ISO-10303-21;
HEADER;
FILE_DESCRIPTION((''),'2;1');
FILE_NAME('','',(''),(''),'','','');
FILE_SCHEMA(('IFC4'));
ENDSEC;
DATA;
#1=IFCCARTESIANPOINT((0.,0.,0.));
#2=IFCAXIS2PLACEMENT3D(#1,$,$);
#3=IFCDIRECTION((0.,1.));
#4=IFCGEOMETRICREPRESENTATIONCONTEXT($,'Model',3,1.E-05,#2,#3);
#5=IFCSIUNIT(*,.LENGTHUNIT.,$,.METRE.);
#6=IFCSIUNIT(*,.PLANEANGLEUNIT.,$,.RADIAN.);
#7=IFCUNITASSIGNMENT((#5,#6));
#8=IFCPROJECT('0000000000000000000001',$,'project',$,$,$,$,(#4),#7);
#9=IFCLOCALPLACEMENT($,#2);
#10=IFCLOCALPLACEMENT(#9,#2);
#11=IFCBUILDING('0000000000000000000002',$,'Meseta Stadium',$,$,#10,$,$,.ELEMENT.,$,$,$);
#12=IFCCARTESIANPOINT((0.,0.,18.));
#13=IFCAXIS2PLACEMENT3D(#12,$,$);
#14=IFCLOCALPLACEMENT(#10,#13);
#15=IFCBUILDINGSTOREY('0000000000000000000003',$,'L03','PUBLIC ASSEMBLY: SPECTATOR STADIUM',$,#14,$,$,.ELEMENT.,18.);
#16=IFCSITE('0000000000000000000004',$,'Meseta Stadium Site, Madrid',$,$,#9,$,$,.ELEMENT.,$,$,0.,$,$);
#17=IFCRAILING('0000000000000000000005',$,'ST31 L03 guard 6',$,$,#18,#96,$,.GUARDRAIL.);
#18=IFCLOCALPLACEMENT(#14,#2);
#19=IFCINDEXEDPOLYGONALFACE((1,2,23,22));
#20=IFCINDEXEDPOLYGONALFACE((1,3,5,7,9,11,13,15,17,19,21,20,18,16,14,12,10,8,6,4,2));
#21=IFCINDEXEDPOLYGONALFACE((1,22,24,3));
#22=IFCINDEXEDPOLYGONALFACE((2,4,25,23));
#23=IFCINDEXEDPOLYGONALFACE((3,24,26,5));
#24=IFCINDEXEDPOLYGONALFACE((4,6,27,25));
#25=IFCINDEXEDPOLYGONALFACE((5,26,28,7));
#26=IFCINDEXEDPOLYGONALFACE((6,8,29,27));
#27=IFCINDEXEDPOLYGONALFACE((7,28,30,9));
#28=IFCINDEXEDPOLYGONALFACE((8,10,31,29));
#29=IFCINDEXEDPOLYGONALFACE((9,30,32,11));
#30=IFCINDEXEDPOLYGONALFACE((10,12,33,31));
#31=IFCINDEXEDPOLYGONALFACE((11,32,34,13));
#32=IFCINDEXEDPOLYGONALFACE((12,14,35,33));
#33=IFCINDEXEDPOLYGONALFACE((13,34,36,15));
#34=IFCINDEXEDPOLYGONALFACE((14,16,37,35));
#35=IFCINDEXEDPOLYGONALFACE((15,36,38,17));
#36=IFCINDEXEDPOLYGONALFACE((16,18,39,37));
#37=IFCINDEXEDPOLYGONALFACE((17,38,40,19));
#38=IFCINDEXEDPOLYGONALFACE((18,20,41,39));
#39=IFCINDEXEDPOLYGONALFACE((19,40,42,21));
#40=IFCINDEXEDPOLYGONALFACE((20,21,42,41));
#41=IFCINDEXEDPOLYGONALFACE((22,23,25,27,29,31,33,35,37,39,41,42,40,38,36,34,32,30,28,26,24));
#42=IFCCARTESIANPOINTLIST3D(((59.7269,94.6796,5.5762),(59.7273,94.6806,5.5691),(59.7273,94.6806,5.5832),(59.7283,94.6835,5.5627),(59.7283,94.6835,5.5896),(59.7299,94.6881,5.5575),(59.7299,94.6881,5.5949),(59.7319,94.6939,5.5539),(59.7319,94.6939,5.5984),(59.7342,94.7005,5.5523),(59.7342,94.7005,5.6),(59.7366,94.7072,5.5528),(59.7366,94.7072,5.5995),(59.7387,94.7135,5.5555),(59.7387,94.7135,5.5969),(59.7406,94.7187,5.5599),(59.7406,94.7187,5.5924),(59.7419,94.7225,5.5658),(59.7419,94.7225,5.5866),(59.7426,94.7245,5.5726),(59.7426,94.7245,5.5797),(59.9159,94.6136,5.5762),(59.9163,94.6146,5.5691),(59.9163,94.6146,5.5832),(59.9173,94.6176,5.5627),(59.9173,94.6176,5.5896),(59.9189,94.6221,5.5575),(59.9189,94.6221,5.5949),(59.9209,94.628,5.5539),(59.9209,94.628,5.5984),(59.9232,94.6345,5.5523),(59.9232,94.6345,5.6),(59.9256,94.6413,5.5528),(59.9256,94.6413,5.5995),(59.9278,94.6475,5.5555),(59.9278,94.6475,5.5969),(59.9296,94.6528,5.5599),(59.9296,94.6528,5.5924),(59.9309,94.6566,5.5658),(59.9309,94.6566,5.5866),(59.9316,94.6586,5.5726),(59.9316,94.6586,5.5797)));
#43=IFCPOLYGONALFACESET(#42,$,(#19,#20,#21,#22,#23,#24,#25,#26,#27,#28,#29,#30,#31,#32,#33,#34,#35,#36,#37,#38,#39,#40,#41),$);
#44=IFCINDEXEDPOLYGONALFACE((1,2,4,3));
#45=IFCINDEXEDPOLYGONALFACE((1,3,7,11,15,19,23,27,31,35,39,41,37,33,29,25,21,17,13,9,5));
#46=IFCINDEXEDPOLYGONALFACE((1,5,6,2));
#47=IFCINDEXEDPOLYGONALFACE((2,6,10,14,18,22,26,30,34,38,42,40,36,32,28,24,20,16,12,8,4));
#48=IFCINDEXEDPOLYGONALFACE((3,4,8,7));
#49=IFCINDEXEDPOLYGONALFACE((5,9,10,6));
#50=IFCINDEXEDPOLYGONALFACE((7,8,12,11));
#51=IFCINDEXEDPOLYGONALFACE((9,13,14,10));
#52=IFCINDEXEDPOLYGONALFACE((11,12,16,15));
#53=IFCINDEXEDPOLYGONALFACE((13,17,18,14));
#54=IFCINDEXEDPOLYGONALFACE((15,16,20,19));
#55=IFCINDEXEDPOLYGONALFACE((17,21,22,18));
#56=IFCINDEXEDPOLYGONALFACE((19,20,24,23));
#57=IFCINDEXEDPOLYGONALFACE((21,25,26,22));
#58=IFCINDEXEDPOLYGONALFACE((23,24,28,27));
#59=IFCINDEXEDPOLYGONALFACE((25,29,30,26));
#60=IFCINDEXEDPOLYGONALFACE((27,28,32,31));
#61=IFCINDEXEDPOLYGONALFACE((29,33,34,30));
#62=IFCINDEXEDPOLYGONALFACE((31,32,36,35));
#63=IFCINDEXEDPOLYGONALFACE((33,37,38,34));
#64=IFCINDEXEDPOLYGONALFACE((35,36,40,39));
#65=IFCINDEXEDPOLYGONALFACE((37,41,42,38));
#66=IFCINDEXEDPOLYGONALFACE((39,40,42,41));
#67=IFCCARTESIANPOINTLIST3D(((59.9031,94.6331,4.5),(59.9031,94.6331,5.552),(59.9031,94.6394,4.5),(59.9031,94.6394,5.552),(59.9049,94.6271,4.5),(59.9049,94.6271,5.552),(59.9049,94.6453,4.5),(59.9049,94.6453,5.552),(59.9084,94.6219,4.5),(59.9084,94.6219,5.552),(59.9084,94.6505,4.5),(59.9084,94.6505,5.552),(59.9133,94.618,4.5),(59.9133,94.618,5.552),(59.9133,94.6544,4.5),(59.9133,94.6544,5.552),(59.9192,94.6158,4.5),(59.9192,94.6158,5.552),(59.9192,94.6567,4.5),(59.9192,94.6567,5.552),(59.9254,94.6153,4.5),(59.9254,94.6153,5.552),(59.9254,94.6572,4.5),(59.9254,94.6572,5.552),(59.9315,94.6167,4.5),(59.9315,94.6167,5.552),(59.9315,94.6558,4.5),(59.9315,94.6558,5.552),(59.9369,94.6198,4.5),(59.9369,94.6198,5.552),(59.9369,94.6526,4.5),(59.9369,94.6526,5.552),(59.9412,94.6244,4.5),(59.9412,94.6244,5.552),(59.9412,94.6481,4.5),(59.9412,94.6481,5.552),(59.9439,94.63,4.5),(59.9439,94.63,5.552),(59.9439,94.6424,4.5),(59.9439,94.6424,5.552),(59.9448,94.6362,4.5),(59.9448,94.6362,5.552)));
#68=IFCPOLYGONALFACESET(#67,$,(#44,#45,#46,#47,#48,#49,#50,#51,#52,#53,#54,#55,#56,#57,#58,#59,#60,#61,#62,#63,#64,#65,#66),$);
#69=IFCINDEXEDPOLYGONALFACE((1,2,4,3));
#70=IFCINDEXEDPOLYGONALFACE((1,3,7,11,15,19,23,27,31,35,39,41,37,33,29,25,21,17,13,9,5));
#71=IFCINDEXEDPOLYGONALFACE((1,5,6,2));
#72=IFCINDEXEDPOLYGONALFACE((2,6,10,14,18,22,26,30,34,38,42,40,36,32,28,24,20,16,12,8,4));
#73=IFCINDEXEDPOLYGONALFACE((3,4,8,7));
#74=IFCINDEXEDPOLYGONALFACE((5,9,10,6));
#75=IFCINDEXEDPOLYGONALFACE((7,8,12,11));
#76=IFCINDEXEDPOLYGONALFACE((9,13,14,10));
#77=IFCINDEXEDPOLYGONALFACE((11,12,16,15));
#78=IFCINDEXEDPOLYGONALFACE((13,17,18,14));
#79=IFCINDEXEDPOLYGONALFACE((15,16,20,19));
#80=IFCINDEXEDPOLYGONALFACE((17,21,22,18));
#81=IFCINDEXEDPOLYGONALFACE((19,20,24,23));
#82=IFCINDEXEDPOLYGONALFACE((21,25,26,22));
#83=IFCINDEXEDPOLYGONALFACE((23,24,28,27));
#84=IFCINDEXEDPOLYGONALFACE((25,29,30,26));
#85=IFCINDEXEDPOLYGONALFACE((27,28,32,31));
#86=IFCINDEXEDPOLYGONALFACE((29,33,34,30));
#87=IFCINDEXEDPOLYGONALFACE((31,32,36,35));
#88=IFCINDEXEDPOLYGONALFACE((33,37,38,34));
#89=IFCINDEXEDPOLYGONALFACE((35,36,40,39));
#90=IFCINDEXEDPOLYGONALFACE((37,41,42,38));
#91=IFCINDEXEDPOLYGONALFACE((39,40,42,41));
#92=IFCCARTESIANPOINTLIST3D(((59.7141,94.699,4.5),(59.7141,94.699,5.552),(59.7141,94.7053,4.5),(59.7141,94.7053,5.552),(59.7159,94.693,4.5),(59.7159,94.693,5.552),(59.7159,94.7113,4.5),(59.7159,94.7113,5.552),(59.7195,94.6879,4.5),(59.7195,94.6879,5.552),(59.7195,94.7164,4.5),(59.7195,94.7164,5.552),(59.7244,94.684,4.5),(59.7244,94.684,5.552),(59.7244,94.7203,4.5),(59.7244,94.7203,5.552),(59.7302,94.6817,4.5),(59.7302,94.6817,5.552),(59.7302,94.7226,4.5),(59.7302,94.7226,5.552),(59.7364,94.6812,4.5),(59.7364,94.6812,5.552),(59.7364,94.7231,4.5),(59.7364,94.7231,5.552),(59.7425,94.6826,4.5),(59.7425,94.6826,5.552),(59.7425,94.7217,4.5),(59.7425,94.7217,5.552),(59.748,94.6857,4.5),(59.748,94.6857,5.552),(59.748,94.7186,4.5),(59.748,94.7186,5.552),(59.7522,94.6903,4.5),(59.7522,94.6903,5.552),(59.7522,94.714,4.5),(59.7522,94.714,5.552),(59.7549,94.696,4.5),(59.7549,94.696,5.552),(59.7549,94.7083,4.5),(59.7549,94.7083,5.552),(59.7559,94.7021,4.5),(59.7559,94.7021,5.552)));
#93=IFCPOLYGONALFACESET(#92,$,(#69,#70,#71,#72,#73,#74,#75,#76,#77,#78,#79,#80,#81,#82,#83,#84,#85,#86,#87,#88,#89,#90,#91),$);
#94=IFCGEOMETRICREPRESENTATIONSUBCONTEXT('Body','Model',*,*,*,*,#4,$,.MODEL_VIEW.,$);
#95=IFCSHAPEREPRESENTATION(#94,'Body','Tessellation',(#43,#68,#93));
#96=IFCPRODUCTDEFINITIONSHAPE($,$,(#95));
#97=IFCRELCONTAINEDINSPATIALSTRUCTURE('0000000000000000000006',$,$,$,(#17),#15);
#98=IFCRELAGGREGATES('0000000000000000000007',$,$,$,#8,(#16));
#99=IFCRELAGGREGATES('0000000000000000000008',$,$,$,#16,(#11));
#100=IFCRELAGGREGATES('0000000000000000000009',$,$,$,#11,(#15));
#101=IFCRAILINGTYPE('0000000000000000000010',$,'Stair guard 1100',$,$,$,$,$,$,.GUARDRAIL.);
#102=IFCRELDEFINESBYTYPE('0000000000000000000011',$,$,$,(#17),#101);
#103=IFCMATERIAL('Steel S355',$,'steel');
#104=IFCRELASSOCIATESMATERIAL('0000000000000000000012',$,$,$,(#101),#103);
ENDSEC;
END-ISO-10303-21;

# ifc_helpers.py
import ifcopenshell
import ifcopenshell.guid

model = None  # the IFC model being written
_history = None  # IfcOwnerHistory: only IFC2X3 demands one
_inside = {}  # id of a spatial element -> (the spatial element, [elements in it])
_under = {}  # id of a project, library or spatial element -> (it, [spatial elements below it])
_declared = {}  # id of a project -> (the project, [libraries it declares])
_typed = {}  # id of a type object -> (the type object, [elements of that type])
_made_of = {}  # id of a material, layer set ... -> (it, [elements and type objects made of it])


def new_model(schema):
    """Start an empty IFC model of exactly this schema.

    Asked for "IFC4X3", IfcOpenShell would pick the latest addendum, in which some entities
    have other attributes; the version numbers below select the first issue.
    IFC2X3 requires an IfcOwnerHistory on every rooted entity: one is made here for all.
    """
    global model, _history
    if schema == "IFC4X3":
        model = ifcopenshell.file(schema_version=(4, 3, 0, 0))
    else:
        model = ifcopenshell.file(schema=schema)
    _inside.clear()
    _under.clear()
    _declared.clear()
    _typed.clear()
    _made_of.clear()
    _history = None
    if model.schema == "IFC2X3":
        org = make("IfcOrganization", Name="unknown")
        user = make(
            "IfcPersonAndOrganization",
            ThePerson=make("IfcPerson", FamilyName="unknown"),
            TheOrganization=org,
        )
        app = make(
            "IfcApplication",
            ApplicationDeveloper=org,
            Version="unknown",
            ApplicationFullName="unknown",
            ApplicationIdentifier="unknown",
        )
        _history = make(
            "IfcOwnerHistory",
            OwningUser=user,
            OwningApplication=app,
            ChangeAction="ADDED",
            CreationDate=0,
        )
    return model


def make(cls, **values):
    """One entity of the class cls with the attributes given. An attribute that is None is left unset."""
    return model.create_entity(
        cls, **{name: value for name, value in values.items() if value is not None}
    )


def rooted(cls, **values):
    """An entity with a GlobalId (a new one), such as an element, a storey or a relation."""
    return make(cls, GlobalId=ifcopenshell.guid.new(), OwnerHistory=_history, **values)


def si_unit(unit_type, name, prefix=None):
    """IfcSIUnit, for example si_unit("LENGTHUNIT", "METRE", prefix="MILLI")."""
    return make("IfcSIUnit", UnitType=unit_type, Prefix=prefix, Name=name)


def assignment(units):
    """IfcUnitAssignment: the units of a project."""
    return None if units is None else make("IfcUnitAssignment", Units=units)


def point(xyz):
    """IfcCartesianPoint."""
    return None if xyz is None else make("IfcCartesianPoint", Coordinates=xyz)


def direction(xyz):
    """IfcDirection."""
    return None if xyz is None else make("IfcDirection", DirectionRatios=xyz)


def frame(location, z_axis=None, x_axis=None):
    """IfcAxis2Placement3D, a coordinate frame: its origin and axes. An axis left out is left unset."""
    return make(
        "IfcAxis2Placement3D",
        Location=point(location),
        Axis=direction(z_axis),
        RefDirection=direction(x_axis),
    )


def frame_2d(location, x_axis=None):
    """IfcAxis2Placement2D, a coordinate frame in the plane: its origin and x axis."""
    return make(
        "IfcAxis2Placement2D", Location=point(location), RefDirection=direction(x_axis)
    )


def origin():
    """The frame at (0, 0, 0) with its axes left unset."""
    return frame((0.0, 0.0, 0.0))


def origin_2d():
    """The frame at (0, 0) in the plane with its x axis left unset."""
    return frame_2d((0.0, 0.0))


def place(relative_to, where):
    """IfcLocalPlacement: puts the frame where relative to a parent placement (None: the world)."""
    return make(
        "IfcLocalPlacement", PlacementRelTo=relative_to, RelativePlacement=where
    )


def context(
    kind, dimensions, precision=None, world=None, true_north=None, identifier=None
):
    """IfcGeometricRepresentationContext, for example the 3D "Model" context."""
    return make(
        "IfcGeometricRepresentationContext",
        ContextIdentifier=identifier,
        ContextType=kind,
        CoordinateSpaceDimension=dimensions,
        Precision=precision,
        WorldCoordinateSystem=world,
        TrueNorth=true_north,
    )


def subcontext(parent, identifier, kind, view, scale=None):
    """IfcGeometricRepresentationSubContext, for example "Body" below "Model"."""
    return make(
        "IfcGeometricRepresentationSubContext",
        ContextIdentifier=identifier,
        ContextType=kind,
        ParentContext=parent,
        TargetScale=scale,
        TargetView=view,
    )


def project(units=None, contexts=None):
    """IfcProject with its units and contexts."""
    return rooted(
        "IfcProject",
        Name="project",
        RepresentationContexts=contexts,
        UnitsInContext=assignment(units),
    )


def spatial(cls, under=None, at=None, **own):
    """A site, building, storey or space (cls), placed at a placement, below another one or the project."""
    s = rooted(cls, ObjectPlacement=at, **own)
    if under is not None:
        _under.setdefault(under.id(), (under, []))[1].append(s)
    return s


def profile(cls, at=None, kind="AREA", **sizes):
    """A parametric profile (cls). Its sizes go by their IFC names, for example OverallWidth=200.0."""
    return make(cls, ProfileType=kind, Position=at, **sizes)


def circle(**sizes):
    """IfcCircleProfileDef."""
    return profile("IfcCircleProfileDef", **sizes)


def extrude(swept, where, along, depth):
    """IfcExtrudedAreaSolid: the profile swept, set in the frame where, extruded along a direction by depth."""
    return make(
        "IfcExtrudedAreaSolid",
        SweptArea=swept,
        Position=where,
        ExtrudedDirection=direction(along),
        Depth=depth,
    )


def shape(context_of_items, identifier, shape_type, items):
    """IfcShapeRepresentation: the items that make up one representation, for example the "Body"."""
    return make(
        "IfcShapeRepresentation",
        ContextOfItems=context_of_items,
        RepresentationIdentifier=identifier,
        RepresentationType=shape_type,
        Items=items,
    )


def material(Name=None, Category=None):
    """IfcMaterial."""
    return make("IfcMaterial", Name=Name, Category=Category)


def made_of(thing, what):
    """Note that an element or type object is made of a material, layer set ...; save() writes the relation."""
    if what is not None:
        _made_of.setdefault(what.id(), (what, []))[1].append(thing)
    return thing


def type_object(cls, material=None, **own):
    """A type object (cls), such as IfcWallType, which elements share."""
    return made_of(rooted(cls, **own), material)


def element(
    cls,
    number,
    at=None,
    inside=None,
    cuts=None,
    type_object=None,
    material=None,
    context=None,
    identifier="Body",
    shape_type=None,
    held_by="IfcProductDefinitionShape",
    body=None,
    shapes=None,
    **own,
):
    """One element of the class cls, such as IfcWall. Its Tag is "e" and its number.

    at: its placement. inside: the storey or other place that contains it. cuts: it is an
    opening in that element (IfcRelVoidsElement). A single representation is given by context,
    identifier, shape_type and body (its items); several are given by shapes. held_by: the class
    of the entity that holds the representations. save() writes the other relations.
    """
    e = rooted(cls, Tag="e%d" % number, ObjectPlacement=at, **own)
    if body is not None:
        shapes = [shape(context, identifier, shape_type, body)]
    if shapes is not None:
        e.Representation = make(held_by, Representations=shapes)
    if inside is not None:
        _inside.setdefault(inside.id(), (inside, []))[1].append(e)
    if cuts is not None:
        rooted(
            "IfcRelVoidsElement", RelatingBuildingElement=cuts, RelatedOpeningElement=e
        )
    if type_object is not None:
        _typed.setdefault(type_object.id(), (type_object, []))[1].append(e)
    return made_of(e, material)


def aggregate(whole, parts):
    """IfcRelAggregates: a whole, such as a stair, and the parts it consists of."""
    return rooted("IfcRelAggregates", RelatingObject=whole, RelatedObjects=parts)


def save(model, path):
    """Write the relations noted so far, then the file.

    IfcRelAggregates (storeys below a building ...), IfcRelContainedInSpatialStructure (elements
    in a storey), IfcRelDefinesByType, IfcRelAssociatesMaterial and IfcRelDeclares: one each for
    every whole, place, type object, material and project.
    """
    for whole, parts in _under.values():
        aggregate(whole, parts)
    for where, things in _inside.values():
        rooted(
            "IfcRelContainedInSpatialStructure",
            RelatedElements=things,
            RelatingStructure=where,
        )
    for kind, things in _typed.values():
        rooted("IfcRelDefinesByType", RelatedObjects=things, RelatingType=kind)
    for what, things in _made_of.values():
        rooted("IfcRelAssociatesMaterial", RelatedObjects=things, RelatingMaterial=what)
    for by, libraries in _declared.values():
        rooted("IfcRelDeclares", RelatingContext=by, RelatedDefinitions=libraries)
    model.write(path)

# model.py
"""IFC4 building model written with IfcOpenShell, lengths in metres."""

from ifc_helpers import new_model, si_unit, direction, frame, origin, origin_2d, place, context, subcontext, project, spatial, circle, extrude, material, type_object, element, save


model = new_model("IFC4")

# Units and contexts
model_context = context("Model", 3, precision=1e-05, world=origin(), true_north=direction((0.0, 1.0)))
body_context = subcontext(model_context, "Body", "Model", "MODEL_VIEW")
ifc_project = project(units=[si_unit("LENGTHUNIT", "METRE"), si_unit("PLANEANGLEUNIT", "RADIAN")], contexts=[model_context])

# Site, building, storey
site_placement = place(None, origin())
site = spatial("IfcSite", under=ifc_project, at=site_placement, Name="Meseta Stadium Site, Madrid", CompositionType="ELEMENT", RefElevation=0.0)
building_placement = place(site_placement, origin())
building = spatial("IfcBuilding", under=site, at=building_placement, Name="Meseta Stadium", CompositionType="ELEMENT")
storey_placement = place(building_placement, frame((0.0, 0.0, 18.0)))
storey = spatial("IfcBuildingStorey", under=building, at=storey_placement, Name="L03", Description="PUBLIC ASSEMBLY: SPECTATOR STADIUM", CompositionType="ELEMENT", Elevation=18.0)

# Railing
ifc_material_1 = material(Name="Steel S355", Category="steel")
railing_type_1 = type_object("IfcRailingType", Name="Stair guard 1100", PredefinedType="GUARDRAIL", material=ifc_material_1)
railing_1_placement = place(storey_placement, frame((59.9238, 94.6362, 4.5)))
element("IfcRailing", 1, at=railing_1_placement, inside=storey, type_object=railing_type_1, Name="ST31 L03 guard 6", PredefinedType="GUARDRAIL", context=body_context, shape_type="SweptSolid", body=[
    extrude(circle(Radius=0.0239, at=origin_2d()), frame((0.0, 0.0, 1.0762), z_axis=(-0.9442, 0.329372, 0.0), x_axis=(-0.329372, -0.9442, 0.0)), (0.0, 0.0, 1.0), 0.2002),
    extrude(circle(Radius=0.021, at=origin_2d()), origin(), (0.0, 0.0, 1.0), 1.052),
    extrude(circle(Radius=0.021, at=origin_2d()), frame((-0.189, 0.0659, 0.0)), (0.0, 0.0, 1.0), 1.052),
])

save(model, "model.ifc")
